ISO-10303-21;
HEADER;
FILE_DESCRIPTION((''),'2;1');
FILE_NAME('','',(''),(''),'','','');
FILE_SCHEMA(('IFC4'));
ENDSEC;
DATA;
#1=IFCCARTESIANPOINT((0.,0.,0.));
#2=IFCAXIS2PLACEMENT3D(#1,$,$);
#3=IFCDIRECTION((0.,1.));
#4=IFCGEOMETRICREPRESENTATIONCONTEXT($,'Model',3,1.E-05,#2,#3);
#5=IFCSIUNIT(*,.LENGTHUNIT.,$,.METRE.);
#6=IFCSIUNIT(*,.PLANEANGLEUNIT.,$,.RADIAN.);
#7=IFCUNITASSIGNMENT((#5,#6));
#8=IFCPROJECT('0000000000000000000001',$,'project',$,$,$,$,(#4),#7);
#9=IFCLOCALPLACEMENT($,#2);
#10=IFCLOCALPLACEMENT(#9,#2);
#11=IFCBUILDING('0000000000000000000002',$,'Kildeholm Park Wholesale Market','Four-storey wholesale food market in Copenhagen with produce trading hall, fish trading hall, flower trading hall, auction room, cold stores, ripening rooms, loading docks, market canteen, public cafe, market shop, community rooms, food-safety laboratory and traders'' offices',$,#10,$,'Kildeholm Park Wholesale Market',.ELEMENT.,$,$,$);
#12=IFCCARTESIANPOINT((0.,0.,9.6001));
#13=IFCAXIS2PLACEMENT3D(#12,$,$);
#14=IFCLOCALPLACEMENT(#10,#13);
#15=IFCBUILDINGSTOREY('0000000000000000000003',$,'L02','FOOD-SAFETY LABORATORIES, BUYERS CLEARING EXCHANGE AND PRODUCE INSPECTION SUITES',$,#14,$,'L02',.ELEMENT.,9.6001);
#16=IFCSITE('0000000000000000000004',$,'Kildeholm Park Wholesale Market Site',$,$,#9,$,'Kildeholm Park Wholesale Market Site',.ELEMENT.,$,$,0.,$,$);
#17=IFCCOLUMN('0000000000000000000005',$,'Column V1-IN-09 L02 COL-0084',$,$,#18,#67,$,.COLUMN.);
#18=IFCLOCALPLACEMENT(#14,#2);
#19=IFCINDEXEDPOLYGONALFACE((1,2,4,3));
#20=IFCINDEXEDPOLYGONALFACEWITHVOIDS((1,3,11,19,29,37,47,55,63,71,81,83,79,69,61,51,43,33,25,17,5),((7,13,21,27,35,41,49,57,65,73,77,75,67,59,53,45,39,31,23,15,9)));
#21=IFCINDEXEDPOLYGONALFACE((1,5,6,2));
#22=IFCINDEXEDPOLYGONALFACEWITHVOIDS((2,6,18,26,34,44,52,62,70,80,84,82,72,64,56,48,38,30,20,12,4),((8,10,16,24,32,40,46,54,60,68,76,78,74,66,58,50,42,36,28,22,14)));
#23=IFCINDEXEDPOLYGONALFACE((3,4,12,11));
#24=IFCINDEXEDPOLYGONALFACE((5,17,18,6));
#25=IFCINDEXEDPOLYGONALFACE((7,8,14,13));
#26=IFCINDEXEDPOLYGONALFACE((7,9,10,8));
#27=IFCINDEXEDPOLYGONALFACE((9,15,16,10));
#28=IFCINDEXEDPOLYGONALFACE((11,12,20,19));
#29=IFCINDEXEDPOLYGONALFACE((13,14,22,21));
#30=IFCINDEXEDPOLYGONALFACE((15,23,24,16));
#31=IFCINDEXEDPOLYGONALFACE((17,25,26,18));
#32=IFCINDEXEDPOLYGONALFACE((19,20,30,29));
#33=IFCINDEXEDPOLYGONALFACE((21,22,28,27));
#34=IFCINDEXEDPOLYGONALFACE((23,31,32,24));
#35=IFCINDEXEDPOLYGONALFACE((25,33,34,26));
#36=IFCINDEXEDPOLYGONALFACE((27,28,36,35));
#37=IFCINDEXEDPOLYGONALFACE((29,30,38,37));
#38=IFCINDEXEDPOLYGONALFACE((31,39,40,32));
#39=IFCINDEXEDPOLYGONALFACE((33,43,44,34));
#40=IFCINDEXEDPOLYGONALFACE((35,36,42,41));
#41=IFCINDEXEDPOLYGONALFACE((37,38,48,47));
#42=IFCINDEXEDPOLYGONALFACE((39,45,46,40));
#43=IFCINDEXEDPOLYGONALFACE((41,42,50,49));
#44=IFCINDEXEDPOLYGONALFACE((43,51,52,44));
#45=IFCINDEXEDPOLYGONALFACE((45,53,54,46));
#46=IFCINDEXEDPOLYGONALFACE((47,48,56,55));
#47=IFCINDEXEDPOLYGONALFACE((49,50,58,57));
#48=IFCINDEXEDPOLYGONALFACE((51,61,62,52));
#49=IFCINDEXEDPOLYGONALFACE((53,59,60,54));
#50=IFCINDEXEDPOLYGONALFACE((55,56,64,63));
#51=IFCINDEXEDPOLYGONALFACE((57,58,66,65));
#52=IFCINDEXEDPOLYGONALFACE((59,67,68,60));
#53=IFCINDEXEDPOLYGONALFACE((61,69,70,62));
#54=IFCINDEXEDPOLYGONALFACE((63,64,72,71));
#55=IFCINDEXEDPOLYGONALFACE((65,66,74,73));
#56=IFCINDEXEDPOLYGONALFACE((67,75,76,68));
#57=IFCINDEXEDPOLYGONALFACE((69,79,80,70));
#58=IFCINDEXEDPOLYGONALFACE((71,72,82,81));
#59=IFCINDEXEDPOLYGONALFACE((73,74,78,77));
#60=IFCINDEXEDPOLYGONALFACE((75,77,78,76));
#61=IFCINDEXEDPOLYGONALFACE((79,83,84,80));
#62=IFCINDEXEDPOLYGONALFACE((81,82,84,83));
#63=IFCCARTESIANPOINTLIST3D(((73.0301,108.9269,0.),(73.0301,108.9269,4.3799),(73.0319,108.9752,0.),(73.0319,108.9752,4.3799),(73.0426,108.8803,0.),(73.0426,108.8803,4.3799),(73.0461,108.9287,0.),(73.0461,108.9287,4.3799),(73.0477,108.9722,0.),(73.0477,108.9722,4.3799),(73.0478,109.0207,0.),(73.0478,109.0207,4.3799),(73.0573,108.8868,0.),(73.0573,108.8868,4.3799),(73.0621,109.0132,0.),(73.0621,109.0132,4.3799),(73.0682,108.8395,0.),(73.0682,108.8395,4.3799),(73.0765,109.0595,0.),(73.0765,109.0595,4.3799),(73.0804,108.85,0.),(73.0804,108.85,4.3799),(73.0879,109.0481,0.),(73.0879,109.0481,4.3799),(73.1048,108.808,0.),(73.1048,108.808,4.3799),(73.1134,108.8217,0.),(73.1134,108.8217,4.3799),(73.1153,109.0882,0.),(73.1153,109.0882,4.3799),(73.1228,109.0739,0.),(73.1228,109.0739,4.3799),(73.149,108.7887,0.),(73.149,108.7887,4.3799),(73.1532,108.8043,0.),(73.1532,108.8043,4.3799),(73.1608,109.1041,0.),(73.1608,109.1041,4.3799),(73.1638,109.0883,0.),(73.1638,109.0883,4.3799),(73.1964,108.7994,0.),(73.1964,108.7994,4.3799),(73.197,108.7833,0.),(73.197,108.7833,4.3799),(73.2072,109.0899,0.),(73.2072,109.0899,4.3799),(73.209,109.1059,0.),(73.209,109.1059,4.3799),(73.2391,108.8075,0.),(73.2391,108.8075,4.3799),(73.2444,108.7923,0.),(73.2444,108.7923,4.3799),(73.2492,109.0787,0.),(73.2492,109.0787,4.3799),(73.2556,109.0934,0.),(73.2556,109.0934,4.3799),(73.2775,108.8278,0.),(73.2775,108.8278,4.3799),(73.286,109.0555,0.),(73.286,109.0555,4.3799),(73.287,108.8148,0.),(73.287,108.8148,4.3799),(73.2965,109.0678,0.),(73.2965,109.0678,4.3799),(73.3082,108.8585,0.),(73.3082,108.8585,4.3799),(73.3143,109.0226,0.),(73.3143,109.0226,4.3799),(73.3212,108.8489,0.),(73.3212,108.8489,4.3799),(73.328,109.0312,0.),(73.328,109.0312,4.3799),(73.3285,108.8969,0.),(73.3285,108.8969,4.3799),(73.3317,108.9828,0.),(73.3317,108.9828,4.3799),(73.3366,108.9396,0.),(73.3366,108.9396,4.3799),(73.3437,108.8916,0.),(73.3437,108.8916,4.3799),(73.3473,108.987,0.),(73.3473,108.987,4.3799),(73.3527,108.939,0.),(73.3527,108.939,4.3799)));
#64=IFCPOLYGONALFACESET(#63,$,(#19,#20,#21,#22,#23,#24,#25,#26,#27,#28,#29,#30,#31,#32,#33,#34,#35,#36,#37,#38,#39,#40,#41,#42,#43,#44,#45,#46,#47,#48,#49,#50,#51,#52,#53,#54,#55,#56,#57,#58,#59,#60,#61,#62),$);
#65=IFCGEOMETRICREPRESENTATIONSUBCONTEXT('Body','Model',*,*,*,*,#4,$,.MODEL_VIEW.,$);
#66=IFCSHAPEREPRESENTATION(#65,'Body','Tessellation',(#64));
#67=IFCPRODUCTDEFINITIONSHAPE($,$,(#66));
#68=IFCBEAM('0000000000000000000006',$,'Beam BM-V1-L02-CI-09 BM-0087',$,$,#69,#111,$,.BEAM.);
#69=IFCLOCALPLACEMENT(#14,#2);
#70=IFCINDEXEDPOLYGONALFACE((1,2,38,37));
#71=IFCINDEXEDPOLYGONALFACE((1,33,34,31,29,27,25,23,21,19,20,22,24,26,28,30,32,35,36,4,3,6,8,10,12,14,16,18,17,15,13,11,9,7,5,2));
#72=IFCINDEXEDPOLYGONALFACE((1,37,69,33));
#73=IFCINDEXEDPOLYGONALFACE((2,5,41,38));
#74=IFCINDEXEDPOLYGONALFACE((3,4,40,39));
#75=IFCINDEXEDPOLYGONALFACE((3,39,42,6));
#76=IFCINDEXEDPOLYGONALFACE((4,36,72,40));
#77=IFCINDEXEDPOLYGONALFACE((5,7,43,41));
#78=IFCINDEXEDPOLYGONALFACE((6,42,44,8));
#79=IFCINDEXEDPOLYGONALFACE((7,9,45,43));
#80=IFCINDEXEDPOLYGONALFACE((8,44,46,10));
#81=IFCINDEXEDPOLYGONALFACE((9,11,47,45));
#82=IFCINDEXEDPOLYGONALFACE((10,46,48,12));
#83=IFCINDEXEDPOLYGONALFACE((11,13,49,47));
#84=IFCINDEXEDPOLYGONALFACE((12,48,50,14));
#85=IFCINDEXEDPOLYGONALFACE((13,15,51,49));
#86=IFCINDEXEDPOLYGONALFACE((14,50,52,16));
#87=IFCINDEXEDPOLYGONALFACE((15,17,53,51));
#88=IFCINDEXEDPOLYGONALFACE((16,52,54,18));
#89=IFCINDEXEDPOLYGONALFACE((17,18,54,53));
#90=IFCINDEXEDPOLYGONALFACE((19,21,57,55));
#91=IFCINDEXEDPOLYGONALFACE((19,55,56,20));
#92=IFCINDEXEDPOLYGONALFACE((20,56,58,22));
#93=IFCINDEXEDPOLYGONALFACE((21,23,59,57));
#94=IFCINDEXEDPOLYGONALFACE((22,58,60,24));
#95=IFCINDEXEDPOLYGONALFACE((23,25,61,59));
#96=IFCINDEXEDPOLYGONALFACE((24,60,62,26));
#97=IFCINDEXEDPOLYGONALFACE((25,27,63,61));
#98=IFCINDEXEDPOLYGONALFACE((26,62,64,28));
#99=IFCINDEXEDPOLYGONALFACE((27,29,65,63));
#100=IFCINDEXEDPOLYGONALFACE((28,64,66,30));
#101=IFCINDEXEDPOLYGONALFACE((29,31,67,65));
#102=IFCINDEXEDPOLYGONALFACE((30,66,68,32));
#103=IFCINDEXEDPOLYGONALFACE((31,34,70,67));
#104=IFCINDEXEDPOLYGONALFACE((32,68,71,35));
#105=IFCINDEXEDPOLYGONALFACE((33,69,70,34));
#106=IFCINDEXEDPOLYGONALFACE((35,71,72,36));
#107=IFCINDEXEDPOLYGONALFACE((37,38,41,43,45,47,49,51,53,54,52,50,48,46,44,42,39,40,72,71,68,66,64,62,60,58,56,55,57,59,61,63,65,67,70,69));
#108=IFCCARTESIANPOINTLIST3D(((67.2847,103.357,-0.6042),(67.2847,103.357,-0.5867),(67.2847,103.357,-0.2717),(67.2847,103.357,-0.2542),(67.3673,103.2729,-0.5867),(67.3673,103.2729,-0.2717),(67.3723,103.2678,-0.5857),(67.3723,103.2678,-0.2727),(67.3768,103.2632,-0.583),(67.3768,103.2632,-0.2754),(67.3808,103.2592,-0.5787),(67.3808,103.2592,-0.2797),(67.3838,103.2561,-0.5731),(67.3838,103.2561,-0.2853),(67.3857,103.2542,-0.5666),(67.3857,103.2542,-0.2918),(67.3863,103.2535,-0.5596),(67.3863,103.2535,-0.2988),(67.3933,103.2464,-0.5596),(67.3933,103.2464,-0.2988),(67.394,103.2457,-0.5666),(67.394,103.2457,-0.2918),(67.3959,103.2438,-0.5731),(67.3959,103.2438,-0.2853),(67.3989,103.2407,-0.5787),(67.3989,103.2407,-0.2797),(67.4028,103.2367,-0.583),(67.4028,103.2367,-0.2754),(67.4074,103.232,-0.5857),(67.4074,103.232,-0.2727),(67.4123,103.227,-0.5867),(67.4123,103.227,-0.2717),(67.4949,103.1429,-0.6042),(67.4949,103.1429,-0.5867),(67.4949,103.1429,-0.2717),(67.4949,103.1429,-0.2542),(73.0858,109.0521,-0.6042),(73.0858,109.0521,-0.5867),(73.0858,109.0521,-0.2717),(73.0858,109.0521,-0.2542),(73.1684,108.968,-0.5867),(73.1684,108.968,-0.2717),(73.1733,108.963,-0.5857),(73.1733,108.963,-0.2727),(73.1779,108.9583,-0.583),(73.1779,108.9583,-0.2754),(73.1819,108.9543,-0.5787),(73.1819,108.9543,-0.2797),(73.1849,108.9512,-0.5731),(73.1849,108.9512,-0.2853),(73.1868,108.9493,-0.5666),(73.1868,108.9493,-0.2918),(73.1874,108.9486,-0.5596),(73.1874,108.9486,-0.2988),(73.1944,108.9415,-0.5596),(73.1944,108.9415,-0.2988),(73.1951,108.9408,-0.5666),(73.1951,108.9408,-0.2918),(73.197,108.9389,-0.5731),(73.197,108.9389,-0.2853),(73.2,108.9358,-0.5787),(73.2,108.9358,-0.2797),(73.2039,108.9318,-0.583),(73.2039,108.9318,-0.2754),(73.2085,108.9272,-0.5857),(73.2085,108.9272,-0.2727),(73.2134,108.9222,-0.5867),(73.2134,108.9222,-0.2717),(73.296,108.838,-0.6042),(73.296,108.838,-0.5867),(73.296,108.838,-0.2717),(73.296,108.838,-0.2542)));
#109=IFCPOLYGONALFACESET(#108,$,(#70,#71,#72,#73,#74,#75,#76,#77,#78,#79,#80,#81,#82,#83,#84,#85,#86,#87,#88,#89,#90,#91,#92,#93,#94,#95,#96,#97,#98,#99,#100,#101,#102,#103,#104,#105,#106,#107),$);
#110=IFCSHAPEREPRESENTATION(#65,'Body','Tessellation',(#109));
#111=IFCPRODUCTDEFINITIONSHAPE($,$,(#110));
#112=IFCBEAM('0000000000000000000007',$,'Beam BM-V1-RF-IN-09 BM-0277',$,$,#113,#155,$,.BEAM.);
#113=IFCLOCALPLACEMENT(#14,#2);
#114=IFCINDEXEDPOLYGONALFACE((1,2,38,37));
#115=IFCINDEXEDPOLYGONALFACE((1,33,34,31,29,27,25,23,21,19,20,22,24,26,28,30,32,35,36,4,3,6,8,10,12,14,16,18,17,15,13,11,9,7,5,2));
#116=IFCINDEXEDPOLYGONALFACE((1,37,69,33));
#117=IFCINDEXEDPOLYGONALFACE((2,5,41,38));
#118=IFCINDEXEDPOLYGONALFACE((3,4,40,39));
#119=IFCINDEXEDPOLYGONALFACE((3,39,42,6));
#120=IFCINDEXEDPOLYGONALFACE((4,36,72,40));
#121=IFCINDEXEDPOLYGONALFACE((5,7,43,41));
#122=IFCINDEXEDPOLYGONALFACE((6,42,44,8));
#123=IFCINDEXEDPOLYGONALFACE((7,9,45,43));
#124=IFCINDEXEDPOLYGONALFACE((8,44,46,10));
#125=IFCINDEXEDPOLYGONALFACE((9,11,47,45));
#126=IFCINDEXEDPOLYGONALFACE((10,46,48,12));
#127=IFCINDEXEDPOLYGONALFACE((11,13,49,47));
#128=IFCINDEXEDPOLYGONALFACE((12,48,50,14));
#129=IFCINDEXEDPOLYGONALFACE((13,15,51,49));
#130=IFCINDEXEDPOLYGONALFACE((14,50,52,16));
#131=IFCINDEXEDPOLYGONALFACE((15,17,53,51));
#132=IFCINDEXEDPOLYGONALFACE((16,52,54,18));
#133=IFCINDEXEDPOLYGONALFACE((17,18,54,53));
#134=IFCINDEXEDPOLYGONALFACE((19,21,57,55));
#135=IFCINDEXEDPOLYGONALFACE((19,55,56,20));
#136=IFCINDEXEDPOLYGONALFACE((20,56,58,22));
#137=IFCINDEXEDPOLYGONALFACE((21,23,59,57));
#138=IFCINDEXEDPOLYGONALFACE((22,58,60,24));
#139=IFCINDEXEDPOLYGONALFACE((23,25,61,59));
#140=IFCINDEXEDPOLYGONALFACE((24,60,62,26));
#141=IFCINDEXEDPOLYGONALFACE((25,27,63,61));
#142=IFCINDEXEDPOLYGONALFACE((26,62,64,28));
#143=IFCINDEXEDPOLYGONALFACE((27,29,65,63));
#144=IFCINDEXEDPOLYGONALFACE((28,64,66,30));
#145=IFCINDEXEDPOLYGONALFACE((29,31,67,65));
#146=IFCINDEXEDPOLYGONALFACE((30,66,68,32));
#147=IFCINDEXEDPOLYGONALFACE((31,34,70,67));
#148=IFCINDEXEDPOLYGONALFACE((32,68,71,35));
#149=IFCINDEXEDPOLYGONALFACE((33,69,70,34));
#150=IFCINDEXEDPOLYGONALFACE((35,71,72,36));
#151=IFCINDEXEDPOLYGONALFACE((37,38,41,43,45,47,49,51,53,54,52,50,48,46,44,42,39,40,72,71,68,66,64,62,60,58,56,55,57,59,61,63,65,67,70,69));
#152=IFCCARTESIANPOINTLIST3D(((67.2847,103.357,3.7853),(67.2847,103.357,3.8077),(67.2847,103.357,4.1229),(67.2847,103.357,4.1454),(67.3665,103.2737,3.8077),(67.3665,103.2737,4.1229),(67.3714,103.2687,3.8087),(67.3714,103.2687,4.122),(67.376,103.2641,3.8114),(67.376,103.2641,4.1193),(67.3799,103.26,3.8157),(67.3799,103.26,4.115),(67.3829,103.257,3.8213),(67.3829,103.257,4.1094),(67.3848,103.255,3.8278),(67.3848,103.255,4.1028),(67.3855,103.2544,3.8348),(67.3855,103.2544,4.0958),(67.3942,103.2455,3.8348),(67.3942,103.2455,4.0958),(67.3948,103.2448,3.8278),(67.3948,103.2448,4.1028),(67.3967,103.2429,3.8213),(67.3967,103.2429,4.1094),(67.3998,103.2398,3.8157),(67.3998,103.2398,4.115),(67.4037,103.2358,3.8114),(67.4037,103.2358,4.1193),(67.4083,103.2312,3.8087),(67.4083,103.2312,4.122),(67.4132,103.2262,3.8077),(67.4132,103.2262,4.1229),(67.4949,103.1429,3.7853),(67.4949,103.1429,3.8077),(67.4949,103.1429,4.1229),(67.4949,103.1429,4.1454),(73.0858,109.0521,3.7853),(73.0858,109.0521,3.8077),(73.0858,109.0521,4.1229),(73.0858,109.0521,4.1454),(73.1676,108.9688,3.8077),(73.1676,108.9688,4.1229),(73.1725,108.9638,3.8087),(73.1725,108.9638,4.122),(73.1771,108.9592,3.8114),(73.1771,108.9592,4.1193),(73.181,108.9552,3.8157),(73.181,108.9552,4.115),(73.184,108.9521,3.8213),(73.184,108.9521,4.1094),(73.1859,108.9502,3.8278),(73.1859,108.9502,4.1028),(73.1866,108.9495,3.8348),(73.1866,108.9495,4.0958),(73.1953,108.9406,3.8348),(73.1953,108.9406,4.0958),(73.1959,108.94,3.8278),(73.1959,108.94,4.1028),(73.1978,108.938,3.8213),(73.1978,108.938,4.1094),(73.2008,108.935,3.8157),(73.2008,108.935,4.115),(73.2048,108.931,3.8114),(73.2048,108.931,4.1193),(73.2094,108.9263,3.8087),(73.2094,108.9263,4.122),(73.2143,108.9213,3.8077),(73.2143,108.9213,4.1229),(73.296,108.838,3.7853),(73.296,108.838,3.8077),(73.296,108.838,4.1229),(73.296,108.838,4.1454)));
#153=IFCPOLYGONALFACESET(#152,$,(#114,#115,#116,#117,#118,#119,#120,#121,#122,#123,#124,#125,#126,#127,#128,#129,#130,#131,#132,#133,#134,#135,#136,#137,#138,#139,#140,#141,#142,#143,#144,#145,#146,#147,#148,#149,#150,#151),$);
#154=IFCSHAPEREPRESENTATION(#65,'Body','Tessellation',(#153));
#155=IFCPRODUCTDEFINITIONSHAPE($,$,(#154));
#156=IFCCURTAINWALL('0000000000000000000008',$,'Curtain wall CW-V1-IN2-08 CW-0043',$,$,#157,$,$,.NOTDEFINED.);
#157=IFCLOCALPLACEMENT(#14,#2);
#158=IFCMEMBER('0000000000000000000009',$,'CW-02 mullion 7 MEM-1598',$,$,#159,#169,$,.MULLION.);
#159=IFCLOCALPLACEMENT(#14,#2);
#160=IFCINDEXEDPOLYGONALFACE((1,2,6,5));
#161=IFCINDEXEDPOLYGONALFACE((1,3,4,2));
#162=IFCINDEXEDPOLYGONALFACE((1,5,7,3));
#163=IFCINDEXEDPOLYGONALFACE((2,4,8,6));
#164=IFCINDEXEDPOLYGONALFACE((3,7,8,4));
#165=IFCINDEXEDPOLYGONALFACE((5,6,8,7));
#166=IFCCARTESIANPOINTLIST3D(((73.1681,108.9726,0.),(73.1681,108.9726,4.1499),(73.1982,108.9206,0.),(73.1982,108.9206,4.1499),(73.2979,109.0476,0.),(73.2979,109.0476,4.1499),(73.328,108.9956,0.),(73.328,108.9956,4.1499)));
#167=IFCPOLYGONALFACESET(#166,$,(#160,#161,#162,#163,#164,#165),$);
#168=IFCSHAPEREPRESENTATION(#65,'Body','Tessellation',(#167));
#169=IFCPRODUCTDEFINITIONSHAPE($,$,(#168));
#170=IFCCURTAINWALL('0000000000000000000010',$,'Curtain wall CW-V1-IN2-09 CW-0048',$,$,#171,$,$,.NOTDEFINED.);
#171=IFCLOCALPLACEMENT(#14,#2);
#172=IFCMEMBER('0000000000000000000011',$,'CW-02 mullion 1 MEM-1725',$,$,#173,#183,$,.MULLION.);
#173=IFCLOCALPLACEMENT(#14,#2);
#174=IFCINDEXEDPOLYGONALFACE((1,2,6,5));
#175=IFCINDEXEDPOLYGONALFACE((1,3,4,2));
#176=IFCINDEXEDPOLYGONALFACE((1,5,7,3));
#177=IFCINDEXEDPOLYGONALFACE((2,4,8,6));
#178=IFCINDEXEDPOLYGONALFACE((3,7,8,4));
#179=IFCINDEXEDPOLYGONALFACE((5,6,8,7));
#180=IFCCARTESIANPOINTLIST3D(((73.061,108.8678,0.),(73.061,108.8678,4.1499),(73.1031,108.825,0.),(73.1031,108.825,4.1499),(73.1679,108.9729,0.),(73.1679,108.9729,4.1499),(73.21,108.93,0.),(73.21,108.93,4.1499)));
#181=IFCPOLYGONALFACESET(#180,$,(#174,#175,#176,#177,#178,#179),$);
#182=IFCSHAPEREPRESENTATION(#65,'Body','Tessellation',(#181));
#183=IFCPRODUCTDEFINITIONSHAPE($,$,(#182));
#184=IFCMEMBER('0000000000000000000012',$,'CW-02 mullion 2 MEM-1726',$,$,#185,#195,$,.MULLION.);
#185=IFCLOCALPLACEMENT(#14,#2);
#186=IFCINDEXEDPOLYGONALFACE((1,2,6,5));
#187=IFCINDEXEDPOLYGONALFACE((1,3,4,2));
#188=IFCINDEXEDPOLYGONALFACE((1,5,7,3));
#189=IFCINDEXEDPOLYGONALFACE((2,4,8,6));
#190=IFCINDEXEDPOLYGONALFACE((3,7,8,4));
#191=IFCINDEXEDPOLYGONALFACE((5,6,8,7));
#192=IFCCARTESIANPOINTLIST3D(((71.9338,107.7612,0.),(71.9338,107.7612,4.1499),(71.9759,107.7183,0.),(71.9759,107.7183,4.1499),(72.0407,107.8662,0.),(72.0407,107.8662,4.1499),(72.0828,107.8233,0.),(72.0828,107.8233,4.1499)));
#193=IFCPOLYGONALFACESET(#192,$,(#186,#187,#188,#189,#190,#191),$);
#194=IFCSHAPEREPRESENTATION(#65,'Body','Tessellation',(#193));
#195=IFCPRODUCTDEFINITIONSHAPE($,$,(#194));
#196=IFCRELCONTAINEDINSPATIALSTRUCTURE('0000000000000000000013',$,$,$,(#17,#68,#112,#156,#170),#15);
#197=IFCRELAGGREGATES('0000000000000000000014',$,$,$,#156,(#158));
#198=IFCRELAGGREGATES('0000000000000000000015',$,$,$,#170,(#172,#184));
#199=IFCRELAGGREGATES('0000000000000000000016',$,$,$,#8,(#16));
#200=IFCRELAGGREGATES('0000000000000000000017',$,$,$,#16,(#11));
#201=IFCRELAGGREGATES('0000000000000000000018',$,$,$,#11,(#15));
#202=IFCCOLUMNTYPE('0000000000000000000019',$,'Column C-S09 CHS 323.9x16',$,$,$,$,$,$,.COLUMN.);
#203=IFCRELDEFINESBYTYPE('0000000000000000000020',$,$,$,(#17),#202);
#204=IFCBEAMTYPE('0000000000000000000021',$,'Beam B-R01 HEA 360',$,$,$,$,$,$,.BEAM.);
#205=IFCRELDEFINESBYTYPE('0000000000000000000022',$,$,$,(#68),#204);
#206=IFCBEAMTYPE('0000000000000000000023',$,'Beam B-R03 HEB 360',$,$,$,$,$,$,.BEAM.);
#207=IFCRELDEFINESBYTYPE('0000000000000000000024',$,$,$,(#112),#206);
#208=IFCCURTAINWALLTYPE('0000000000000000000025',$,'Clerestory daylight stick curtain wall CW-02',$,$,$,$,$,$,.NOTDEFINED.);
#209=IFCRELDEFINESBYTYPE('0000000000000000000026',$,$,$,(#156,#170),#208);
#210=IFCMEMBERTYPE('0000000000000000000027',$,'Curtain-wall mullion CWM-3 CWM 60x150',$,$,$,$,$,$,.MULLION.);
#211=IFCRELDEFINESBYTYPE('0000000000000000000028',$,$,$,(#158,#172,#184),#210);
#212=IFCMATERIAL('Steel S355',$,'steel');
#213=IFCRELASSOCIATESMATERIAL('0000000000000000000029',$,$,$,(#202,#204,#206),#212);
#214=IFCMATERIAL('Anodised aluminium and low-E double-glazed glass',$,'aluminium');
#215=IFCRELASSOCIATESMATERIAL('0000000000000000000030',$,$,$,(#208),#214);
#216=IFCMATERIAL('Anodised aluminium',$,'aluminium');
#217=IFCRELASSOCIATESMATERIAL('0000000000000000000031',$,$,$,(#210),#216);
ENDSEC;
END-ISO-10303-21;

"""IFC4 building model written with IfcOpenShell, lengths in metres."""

from ifc_helpers import new_model, si_unit, direction, frame, origin, origin_2d, place, context, subcontext, project, spatial, rectangle, hollow_circle, i_section, extrude, material, material_profile, profile_set, type_object, element, aggregate, save


model = new_model("IFC4")

# Units and contexts
model_context = context("Model", 3, precision=1e-05, world=origin(), true_north=direction((0.0, 1.0)))
body_context = subcontext(model_context, "Body", "Model", "MODEL_VIEW")
ifc_project = project(units=[si_unit("LENGTHUNIT", "METRE"), si_unit("PLANEANGLEUNIT", "RADIAN")], contexts=[model_context])

# Site, building, storey
site_placement = place(None, origin())
site = spatial("IfcSite", under=ifc_project, at=site_placement, Name="Kildeholm Park Wholesale Market Site", LongName="Kildeholm Park Wholesale Market Site", CompositionType="ELEMENT", RefElevation=0.0)
building_placement = place(site_placement, origin())
building = spatial("IfcBuilding", under=site, at=building_placement, Name="Kildeholm Park Wholesale Market", Description="Four-storey wholesale food market in Copenhagen with produce trading hall, fish trading hall, flower trading hall, auction room, cold stores, ripening rooms, loading docks, market canteen, public cafe, market shop, community rooms, food-safety laboratory and traders' offices", LongName="Kildeholm Park Wholesale Market", CompositionType="ELEMENT")
storey_placement = place(building_placement, frame((0.0, 0.0, 9.6001)))
storey = spatial("IfcBuildingStorey", under=building, at=storey_placement, Name="L02", Description="FOOD-SAFETY LABORATORIES, BUYERS CLEARING EXCHANGE AND PRODUCE INSPECTION SUITES", LongName="L02", CompositionType="ELEMENT", Elevation=9.6001)

# Column
ifc_material_1 = material(Name="Steel S355", Category="steel")
ifc_material_profile_1 = material_profile(ifc_material_1, hollow_circle(Radius=0.1619, WallThickness=0.0161, at=origin_2d()), Name="CHS 323.9x16")
ifc_profile_set_1 = profile_set([ifc_material_profile_1], Name="Steel S355")
column_type = type_object("IfcColumnType", Name="Column C-S09 CHS 323.9x16", PredefinedType="COLUMN", material=ifc_profile_set_1)
column_placement = place(storey_placement, frame((73.1909, 108.9451, 0.0), z_axis=(0.0, 0.0, 1.0), x_axis=(-0.707107, 0.707107, 0.0)))
element("IfcColumn", 1, at=column_placement, inside=storey, type_object=column_type, Name="Column V1-IN-09 L02 COL-0084", PredefinedType="COLUMN", context=body_context, shape_type="SweptSolid", body=[
    extrude(hollow_circle(Radius=0.1619, WallThickness=0.0161, at=origin_2d()), origin(), (0.0, 0.0, 1.0), 4.3799),
])

# Beams
ifc_material_profile_2 = material_profile(ifc_material_1, i_section(OverallWidth=0.3, OverallDepth=0.3501, WebThickness=0.01, FlangeThickness=0.0176, FilletRadius=0.0271, at=origin_2d()), Name="HEA 360")
ifc_profile_set_2 = profile_set([ifc_material_profile_2], Name="Steel S355")
beam_type_1 = type_object("IfcBeamType", Name="Beam B-R01 HEA 360", PredefinedType="BEAM", material=ifc_profile_set_2)
beam_1_placement = place(storey_placement, frame((73.1909, 108.9451, -0.4292), z_axis=(-0.713594, -0.70056, 0.0), x_axis=(0.70056, -0.713594, 0.0)))
element("IfcBeam", 2, at=beam_1_placement, inside=storey, type_object=beam_type_1, Name="Beam BM-V1-L02-CI-09 BM-0087", PredefinedType="BEAM", context=body_context, shape_type="SweptSolid", body=[
    extrude(i_section(OverallWidth=0.3, OverallDepth=0.3501, WebThickness=0.01, FlangeThickness=0.0176, FilletRadius=0.0271, at=origin_2d()), origin(), (0.0, 0.0, 1.0), 8.1294),
])
ifc_material_profile_3 = material_profile(ifc_material_1, i_section(OverallWidth=0.3, OverallDepth=0.3601, WebThickness=0.0125, FlangeThickness=0.0225, FilletRadius=0.0271, at=origin_2d()), Name="HEB 360")
ifc_profile_set_3 = profile_set([ifc_material_profile_3], Name="Steel S355")
beam_type_2 = type_object("IfcBeamType", Name="Beam B-R03 HEB 360", PredefinedType="BEAM", material=ifc_profile_set_3)
beam_2_placement = place(storey_placement, frame((73.1909, 108.9451, 3.9653), z_axis=(-0.713594, -0.70056, 0.0), x_axis=(0.70056, -0.713594, 0.0)))
element("IfcBeam", 3, at=beam_2_placement, inside=storey, type_object=beam_type_2, Name="Beam BM-V1-RF-IN-09 BM-0277", PredefinedType="BEAM", context=body_context, shape_type="SweptSolid", body=[
    extrude(i_section(OverallWidth=0.3, OverallDepth=0.3601, WebThickness=0.0125, FlangeThickness=0.0225, FilletRadius=0.0271, at=origin_2d()), origin(), (0.0, 0.0, 1.0), 8.1294),
])

# Curtain wall, member
ifc_material_2 = material(Name="Anodised aluminium and low-E double-glazed glass", Category="aluminium")
curtain_wall_type = type_object("IfcCurtainWallType", Name="Clerestory daylight stick curtain wall CW-02", PredefinedType="NOTDEFINED", material=ifc_material_2)
curtain_wall_1_placement = place(storey_placement, origin())
curtain_wall_1 = element("IfcCurtainWall", 4, at=curtain_wall_1_placement, inside=storey, type_object=curtain_wall_type, Name="Curtain wall CW-V1-IN2-08 CW-0043", PredefinedType="NOTDEFINED")
ifc_material_3 = material(Name="Anodised aluminium", Category="aluminium")
ifc_material_profile_4 = material_profile(ifc_material_3, rectangle(XDim=0.0601, YDim=0.1499, at=origin_2d()), Name="CWM 60x150")
ifc_profile_set_4 = profile_set([ifc_material_profile_4], Name="Anodised aluminium")
member_type_1 = type_object("IfcMemberType", Name="Curtain-wall mullion CWM-3 CWM 60x150", PredefinedType="MULLION", material=ifc_profile_set_4)
member_1_placement = place(storey_placement, frame((73.248, 108.9841, 0.0), z_axis=(0.0, 0.0, 1.0), x_axis=(0.500489, -0.865743, 0.0)))
member_1 = element("IfcMember", 5, at=member_1_placement, type_object=member_type_1, Name="CW-02 mullion 7 MEM-1598", PredefinedType="MULLION", context=body_context, shape_type="SweptSolid", body=[
    extrude(rectangle(XDim=0.0601, YDim=0.1499, at=origin_2d()), origin(), (0.0, 0.0, 1.0), 4.1499),
])

# Curtain wall, members
curtain_wall_2_placement = place(storey_placement, origin())
curtain_wall_2 = element("IfcCurtainWall", 6, at=curtain_wall_2_placement, inside=storey, type_object=curtain_wall_type, Name="Curtain wall CW-V1-IN2-09 CW-0048", PredefinedType="NOTDEFINED")
member_2_placement = place(storey_placement, frame((73.1355, 108.8989, 0.0), z_axis=(0.0, 0.0, 1.0), x_axis=(0.700617, -0.713538, 0.0)))
member_2 = element("IfcMember", 7, at=member_2_placement, type_object=member_type_1, Name="CW-02 mullion 1 MEM-1725", PredefinedType="MULLION", context=body_context, shape_type="SweptSolid", body=[
    extrude(rectangle(XDim=0.0601, YDim=0.1499, at=origin_2d()), origin(), (0.0, 0.0, 1.0), 4.1499),
])
member_3_placement = place(storey_placement, frame((72.0083, 107.7922, 0.0), z_axis=(0.0, 0.0, 1.0), x_axis=(0.700617, -0.713538, 0.0)))
member_3 = element("IfcMember", 8, at=member_3_placement, type_object=member_type_1, Name="CW-02 mullion 2 MEM-1726", PredefinedType="MULLION", context=body_context, shape_type="SweptSolid", body=[
    extrude(rectangle(XDim=0.0601, YDim=0.1499, at=origin_2d()), origin(), (0.0, 0.0, 1.0), 4.1499),
])

aggregate(curtain_wall_1, [member_1])
aggregate(curtain_wall_2, [member_2, member_3])

save(model, "model.ifc")
